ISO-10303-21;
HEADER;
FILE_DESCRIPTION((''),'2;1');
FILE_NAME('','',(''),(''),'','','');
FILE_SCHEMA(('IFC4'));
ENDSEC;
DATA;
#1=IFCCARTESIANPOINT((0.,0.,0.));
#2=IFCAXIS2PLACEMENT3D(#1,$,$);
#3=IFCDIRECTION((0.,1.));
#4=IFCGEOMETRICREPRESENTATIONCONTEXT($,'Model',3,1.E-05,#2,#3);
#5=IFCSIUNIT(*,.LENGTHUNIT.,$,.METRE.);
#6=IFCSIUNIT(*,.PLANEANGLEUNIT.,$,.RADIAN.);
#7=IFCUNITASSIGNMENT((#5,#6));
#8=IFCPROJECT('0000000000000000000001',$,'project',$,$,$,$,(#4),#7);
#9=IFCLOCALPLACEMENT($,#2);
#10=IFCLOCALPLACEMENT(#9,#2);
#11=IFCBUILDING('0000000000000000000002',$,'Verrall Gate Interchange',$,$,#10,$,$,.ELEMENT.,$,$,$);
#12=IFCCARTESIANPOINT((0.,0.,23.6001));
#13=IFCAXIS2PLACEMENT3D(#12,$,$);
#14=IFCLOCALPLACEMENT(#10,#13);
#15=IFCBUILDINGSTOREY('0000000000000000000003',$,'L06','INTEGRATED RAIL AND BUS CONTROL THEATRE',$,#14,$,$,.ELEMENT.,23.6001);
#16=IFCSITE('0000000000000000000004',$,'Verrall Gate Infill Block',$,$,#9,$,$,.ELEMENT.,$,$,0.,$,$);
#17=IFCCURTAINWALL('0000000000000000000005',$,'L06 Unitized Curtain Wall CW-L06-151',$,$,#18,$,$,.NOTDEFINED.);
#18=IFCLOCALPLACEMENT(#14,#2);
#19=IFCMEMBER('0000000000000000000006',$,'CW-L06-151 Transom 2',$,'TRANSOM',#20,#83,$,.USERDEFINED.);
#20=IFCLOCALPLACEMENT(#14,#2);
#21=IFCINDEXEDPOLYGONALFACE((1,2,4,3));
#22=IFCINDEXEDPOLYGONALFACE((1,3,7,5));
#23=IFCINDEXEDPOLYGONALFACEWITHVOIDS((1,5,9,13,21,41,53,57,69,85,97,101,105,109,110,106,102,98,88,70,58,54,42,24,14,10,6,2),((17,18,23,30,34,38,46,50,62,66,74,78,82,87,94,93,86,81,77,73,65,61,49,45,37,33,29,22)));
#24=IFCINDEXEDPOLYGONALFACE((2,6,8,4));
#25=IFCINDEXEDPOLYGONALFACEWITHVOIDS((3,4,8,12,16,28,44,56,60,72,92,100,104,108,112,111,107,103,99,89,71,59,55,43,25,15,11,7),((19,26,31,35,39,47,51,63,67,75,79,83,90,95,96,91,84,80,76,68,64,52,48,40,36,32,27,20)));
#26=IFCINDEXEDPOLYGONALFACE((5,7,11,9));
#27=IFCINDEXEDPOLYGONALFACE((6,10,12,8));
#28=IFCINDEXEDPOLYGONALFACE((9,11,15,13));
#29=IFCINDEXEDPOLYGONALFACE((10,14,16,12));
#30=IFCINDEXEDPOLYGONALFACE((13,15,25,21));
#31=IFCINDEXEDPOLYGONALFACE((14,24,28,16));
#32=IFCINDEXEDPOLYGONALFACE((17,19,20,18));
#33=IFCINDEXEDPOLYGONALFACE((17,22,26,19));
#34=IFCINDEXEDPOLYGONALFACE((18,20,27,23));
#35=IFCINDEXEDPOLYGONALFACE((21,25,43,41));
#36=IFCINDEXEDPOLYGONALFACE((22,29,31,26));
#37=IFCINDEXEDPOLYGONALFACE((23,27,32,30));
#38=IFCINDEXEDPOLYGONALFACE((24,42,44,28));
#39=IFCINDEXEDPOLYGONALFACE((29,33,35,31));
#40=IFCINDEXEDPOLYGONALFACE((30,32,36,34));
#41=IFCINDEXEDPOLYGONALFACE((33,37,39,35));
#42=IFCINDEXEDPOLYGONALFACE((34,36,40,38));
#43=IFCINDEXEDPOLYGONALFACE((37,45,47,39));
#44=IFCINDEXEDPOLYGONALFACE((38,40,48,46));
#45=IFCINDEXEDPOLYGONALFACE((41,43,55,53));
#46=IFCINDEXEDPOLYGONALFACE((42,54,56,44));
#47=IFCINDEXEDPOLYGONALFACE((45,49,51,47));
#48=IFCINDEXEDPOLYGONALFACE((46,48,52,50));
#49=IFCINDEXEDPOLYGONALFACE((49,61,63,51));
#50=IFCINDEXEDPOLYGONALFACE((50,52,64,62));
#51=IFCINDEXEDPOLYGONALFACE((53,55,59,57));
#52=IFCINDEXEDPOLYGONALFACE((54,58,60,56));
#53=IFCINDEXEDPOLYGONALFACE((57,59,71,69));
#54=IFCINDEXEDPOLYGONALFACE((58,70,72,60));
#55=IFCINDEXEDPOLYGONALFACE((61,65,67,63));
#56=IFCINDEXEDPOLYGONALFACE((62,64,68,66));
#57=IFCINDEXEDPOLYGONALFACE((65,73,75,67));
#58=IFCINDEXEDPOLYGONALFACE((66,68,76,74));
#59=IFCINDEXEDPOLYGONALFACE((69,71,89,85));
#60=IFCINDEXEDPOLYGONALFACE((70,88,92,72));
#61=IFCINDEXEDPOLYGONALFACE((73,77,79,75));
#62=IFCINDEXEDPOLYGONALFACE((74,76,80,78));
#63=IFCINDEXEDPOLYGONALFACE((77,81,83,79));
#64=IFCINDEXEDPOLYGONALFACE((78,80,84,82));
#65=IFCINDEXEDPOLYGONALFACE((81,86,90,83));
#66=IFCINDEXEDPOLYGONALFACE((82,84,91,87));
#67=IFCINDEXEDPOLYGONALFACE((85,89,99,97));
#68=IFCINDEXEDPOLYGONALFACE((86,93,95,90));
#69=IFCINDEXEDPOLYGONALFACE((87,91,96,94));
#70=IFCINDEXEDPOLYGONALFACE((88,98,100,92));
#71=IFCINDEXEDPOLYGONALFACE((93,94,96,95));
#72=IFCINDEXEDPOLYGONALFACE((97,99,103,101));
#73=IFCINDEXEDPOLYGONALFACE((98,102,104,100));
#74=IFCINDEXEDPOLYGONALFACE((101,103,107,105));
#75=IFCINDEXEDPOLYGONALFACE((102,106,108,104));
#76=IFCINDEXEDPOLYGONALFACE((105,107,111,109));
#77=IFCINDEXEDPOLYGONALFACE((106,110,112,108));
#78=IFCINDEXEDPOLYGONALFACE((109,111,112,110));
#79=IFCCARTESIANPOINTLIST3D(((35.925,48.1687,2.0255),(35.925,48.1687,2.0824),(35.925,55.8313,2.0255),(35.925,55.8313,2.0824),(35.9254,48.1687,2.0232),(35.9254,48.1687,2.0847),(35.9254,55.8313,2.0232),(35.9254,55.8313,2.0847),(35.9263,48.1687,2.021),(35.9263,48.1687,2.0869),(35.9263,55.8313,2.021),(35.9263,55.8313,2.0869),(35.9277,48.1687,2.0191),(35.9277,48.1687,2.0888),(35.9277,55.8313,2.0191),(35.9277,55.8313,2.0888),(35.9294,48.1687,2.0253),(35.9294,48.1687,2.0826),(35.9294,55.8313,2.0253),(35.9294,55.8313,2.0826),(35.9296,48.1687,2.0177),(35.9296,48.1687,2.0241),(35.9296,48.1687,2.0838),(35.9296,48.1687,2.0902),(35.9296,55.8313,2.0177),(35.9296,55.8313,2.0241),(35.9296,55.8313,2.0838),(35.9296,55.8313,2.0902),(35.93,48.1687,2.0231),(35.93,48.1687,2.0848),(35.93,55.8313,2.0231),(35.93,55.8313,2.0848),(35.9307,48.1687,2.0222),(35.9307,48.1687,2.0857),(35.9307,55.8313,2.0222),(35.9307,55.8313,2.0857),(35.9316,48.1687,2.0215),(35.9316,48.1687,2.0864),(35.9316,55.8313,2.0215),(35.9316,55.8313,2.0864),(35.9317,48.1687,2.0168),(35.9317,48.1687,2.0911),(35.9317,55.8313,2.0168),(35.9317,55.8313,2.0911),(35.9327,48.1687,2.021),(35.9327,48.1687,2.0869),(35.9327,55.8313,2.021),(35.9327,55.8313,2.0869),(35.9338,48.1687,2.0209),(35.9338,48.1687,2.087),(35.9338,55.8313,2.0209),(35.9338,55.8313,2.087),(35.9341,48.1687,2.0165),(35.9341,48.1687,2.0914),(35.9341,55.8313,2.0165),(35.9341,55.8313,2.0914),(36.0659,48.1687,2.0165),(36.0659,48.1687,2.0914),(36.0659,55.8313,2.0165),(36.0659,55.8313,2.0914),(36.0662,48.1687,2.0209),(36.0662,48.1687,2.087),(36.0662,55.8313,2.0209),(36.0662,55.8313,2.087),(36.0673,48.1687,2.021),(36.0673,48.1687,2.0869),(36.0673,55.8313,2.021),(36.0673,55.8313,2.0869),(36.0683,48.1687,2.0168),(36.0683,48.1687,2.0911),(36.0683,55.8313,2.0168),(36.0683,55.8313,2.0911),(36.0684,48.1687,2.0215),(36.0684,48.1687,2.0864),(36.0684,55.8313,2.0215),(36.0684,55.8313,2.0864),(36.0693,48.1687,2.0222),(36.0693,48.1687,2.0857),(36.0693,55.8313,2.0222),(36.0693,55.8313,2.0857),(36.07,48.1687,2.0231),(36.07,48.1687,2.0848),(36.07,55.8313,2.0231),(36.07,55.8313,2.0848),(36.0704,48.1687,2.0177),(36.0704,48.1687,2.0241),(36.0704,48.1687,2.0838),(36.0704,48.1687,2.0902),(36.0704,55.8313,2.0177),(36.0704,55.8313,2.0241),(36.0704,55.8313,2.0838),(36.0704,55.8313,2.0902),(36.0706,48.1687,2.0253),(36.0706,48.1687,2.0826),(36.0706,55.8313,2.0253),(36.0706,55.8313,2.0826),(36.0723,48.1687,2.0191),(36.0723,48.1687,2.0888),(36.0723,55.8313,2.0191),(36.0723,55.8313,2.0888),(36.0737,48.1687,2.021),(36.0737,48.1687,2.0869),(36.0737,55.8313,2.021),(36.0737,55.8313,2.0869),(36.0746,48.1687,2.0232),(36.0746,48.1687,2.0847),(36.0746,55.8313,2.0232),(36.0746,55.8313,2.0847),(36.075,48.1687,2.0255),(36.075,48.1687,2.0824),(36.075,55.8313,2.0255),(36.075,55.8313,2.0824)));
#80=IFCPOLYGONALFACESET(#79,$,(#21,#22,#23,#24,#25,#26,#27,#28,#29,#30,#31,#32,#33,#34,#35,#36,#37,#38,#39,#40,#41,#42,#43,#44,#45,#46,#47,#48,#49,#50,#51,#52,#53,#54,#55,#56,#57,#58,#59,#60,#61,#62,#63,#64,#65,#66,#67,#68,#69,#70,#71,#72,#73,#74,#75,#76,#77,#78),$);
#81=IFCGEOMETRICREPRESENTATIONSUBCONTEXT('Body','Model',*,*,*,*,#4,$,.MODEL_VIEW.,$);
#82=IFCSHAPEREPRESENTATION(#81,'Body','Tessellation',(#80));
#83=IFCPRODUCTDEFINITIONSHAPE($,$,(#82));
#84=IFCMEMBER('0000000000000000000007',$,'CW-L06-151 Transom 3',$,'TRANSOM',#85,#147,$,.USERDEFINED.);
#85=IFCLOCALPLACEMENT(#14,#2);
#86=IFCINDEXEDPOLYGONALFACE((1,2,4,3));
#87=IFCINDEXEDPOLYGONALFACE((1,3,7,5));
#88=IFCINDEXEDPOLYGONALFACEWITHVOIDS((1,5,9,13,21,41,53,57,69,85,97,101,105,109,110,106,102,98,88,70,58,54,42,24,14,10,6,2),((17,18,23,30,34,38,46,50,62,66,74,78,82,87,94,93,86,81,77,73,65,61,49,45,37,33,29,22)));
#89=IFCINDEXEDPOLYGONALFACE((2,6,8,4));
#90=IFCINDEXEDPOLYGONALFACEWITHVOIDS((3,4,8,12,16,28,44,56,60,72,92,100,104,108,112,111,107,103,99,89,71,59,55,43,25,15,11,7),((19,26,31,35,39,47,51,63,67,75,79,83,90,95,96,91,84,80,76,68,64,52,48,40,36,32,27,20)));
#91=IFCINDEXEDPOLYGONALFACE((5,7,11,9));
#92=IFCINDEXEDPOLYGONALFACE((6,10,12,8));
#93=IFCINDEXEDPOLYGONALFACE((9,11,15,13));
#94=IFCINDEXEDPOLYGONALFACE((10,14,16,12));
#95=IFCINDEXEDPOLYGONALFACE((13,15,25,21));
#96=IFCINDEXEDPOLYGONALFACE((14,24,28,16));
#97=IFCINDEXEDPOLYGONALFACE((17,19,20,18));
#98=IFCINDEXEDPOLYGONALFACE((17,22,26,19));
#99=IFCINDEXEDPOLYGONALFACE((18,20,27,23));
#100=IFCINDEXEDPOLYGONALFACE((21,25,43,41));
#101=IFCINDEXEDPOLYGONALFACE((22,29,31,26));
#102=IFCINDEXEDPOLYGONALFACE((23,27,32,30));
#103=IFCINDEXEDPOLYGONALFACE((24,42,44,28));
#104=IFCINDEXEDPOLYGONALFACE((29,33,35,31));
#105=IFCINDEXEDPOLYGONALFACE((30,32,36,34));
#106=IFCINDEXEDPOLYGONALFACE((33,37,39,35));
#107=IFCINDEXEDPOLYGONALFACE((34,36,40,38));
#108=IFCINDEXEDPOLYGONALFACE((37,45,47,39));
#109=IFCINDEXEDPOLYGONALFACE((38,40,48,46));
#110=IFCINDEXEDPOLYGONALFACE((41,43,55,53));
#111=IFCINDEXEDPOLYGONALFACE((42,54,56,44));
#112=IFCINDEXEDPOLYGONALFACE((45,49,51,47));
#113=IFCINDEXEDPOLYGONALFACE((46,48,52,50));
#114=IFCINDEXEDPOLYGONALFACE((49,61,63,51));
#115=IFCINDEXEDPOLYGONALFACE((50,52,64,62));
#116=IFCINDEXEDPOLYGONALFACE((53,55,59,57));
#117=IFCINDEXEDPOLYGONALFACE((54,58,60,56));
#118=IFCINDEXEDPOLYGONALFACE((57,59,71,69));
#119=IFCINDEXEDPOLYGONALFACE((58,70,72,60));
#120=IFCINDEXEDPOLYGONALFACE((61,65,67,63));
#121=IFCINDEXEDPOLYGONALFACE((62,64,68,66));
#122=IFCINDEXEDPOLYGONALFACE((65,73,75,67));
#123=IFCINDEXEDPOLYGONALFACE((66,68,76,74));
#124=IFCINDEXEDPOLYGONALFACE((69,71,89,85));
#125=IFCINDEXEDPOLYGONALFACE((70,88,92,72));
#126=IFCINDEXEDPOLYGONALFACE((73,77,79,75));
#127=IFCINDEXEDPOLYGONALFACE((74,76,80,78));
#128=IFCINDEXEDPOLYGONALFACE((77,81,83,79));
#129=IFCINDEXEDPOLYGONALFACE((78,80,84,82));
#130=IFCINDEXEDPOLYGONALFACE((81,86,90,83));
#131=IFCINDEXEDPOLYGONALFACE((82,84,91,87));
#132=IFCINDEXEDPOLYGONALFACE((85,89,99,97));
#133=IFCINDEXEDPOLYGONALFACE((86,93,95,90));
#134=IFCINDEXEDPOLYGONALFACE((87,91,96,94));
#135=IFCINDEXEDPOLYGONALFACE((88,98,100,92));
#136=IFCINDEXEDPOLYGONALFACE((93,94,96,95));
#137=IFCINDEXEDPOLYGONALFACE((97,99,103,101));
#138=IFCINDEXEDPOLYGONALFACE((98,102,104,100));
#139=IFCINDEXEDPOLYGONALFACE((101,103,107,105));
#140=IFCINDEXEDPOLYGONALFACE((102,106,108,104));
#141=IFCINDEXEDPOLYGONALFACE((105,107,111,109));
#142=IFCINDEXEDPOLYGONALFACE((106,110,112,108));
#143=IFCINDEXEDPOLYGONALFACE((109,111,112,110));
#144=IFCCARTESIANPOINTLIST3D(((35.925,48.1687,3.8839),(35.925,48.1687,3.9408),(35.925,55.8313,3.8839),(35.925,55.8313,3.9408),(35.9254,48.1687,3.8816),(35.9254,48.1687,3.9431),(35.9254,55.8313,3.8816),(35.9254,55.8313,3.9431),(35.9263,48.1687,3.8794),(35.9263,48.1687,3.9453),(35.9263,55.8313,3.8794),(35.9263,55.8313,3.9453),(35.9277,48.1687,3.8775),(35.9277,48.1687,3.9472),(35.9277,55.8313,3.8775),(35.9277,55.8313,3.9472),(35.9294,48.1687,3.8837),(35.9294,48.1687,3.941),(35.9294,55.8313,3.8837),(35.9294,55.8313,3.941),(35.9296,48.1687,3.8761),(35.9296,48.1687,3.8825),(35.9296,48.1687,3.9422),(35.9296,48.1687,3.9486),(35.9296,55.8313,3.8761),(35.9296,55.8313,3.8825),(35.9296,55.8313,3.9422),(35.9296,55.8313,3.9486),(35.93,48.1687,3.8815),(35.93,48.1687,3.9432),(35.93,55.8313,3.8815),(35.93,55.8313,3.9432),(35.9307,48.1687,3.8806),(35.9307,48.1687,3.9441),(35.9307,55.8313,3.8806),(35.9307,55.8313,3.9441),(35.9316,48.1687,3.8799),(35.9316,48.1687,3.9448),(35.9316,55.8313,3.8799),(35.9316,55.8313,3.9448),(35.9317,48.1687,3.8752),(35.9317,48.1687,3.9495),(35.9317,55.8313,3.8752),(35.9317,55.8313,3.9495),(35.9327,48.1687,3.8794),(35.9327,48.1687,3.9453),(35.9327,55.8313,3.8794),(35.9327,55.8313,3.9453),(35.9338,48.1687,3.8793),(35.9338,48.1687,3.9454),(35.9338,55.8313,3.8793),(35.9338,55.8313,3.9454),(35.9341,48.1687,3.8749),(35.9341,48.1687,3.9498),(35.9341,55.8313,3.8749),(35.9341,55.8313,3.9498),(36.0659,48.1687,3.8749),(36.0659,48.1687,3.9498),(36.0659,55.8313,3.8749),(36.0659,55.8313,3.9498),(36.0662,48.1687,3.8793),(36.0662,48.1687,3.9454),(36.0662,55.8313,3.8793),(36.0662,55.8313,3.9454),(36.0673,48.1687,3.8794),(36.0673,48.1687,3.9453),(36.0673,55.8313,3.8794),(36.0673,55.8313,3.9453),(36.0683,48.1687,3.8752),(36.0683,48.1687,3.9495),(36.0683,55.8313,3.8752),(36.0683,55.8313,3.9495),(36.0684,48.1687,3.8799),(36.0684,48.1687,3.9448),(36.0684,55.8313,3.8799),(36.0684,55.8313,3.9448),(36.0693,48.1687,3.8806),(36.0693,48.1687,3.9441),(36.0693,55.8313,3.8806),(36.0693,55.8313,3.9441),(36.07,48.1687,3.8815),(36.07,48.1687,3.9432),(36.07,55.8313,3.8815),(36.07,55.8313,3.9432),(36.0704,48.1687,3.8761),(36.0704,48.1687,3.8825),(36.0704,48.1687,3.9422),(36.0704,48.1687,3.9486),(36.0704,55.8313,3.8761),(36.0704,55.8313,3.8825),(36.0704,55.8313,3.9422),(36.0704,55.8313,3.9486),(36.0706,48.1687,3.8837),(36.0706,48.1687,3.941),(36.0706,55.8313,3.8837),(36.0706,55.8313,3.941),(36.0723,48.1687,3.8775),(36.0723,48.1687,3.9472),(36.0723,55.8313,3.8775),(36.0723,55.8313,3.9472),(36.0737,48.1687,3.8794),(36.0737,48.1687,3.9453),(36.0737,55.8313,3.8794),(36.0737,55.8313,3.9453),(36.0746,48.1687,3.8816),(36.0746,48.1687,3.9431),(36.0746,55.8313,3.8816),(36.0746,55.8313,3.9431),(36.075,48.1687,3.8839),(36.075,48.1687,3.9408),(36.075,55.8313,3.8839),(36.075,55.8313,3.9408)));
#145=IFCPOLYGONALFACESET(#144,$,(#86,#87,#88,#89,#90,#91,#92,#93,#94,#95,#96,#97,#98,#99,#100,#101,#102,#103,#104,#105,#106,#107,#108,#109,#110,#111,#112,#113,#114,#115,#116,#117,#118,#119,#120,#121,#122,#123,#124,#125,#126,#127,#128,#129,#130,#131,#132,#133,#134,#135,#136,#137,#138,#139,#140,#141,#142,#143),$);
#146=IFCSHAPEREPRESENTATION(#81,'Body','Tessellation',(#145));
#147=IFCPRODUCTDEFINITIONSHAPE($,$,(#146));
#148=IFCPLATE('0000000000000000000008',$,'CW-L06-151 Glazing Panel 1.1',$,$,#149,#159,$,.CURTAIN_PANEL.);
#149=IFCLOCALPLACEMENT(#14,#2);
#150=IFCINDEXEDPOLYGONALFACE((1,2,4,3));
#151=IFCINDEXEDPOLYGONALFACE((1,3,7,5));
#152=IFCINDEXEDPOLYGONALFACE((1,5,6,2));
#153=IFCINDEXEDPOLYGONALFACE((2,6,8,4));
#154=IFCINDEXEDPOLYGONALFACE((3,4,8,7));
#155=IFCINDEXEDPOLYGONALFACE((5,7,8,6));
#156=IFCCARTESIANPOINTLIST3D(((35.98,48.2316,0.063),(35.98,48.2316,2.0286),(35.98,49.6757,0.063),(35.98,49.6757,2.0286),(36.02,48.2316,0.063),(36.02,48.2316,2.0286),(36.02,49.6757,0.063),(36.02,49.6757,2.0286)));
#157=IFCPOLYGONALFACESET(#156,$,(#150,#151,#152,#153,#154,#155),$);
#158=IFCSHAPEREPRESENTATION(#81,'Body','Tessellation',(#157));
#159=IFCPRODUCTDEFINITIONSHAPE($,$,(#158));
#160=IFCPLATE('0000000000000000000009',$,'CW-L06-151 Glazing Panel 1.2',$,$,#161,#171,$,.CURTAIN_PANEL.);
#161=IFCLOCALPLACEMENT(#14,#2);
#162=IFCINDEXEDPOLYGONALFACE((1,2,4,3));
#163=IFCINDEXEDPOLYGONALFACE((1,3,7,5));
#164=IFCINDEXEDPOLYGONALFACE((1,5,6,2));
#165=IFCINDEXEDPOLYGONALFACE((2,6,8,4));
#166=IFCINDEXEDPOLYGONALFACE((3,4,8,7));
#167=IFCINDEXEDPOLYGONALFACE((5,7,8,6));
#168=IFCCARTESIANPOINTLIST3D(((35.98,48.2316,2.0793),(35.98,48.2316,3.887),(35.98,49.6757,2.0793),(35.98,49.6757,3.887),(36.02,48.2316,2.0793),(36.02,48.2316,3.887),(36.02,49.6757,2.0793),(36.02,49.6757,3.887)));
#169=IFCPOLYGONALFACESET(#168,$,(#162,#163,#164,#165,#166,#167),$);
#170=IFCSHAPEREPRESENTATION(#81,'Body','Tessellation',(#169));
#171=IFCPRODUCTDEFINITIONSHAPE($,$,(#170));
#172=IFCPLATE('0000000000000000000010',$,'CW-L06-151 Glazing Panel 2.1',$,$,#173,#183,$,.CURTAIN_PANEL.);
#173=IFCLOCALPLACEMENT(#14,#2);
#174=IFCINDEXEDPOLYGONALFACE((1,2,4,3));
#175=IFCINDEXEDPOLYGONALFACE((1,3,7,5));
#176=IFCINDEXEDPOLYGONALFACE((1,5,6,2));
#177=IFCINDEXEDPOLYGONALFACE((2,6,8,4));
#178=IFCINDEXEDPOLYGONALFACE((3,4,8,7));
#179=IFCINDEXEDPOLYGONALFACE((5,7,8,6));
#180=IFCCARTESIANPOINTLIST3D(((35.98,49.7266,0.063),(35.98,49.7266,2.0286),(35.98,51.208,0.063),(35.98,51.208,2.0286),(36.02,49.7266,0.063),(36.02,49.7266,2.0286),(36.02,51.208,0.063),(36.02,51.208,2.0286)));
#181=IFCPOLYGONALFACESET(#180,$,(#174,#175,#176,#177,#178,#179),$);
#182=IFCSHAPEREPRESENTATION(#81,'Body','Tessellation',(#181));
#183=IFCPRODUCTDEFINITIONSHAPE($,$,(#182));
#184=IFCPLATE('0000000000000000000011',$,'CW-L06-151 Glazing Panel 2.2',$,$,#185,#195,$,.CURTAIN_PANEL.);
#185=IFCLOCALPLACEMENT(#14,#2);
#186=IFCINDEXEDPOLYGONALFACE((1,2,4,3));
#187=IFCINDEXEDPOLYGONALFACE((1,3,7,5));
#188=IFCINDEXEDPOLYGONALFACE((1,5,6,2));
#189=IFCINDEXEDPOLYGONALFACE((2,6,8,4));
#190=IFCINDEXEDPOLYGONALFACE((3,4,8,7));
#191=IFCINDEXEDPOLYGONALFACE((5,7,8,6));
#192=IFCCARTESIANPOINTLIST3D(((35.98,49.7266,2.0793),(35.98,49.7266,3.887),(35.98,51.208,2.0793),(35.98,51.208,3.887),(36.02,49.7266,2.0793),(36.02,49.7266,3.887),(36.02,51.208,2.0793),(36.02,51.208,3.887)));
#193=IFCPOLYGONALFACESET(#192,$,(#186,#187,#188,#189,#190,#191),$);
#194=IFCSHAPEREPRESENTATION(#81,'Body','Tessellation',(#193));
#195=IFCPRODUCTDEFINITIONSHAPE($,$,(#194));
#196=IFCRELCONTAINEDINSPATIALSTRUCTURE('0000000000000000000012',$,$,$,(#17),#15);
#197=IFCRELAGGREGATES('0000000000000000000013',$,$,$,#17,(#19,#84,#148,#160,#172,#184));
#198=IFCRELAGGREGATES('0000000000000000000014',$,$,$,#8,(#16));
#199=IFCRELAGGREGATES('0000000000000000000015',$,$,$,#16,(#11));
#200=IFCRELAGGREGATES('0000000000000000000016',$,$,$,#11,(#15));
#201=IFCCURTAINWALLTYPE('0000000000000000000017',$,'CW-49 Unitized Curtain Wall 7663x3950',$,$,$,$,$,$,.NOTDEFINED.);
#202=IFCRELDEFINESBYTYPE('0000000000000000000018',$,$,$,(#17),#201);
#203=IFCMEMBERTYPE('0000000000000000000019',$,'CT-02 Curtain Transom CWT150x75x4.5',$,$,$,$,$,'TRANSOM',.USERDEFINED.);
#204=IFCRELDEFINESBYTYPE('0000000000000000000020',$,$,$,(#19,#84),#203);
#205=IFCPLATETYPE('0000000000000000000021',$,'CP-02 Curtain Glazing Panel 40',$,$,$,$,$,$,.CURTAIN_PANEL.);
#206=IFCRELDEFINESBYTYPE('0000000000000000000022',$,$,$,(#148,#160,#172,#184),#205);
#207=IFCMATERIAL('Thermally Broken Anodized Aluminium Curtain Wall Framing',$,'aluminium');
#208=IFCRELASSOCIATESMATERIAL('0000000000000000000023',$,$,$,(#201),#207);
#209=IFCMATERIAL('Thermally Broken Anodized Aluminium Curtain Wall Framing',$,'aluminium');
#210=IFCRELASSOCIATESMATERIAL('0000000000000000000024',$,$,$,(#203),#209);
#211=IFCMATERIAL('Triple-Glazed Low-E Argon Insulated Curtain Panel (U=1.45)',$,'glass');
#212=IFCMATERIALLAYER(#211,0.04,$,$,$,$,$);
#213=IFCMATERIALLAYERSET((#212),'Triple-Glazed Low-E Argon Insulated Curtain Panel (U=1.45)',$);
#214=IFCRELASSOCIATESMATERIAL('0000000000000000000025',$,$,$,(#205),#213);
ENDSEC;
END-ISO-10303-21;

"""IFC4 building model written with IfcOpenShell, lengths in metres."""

from ifc_helpers import new_model, si_unit, direction, frame, origin, origin_2d, place, context, subcontext, project, spatial, rectangle, hollow_rectangle, extrude, material, layer, layer_set, material_profile, profile_set, type_object, element, aggregate, save


model = new_model("IFC4")

# Units and contexts
model_context = context("Model", 3, precision=1e-05, world=origin(), true_north=direction((0.0, 1.0)))
body_context = subcontext(model_context, "Body", "Model", "MODEL_VIEW")
ifc_project = project(units=[si_unit("LENGTHUNIT", "METRE"), si_unit("PLANEANGLEUNIT", "RADIAN")], contexts=[model_context])

# Site, building, storey
site_placement = place(None, origin())
site = spatial("IfcSite", under=ifc_project, at=site_placement, Name="Verrall Gate Infill Block", CompositionType="ELEMENT", RefElevation=0.0)
building_placement = place(site_placement, origin())
building = spatial("IfcBuilding", under=site, at=building_placement, Name="Verrall Gate Interchange", CompositionType="ELEMENT")
storey_placement = place(building_placement, frame((0.0, 0.0, 23.6001)))
storey = spatial("IfcBuildingStorey", under=building, at=storey_placement, Name="L06", Description="INTEGRATED RAIL AND BUS CONTROL THEATRE", CompositionType="ELEMENT", Elevation=23.6001)

# Curtain wall, members, plates
ifc_material_1 = material(Name="Thermally Broken Anodized Aluminium Curtain Wall Framing", Category="aluminium")
curtain_wall_type = type_object("IfcCurtainWallType", Name="CW-49 Unitized Curtain Wall 7663x3950", PredefinedType="NOTDEFINED", material=ifc_material_1)
curtain_wall_placement = place(storey_placement, origin())
curtain_wall = element("IfcCurtainWall", 1, at=curtain_wall_placement, inside=storey, type_object=curtain_wall_type, Name="L06 Unitized Curtain Wall CW-L06-151", PredefinedType="NOTDEFINED")
ifc_material_2 = material(Name="Thermally Broken Anodized Aluminium Curtain Wall Framing", Category="aluminium")
ifc_material_profile_1 = material_profile(ifc_material_2, hollow_rectangle(XDim=0.1499, YDim=0.075, WallThickness=0.0044, InnerFilletRadius=0.0044, OuterFilletRadius=0.009, at=origin_2d()), Name="CWT150x75x4.5")
ifc_profile_set_1 = profile_set([ifc_material_profile_1], Name="Thermally Broken Anodized Aluminium Curtain Wall Framing")
member_type_1 = type_object("IfcMemberType", Name="CT-02 Curtain Transom CWT150x75x4.5", ElementType="TRANSOM", PredefinedType="USERDEFINED", material=ifc_profile_set_1)
member_1_placement = place(storey_placement, frame((36.0, 48.1687, 2.054), z_axis=(0.0, 1.0, 0.0), x_axis=(-1.0, 0.0, 0.0)))
member_1 = element("IfcMember", 2, at=member_1_placement, type_object=member_type_1, Name="CW-L06-151 Transom 2", ObjectType="TRANSOM", PredefinedType="USERDEFINED", context=body_context, shape_type="SweptSolid", body=[
    extrude(hollow_rectangle(XDim=0.1499, YDim=0.075, WallThickness=0.0044, InnerFilletRadius=0.0044, OuterFilletRadius=0.009, at=origin_2d()), origin(), (0.0, 0.0, 1.0), 7.6626),
])
member_2_placement = place(storey_placement, frame((36.0, 48.1687, 3.9124), z_axis=(0.0, 1.0, 0.0), x_axis=(-1.0, 0.0, 0.0)))
member_2 = element("IfcMember", 3, at=member_2_placement, type_object=member_type_1, Name="CW-L06-151 Transom 3", ObjectType="TRANSOM", PredefinedType="USERDEFINED", context=body_context, shape_type="SweptSolid", body=[
    extrude(hollow_rectangle(XDim=0.1499, YDim=0.075, WallThickness=0.0044, InnerFilletRadius=0.0044, OuterFilletRadius=0.009, at=origin_2d()), origin(), (0.0, 0.0, 1.0), 7.6626),
])
ifc_material_3 = material(Name="Triple-Glazed Low-E Argon Insulated Curtain Panel (U=1.45)", Category="glass")
ifc_layer = layer(ifc_material_3, 0.04)
ifc_layer_set = layer_set([ifc_layer], Name="Triple-Glazed Low-E Argon Insulated Curtain Panel (U=1.45)")
plate_type = type_object("IfcPlateType", Name="CP-02 Curtain Glazing Panel 40", PredefinedType="CURTAIN_PANEL", material=ifc_layer_set)
plate_1_placement = place(storey_placement, frame((36.0, 48.9536, 0.063), z_axis=(0.0, 0.0, 1.0), x_axis=(0.0, 1.0, 0.0)))
plate_1 = element("IfcPlate", 4, at=plate_1_placement, type_object=plate_type, Name="CW-L06-151 Glazing Panel 1.1", PredefinedType="CURTAIN_PANEL", context=body_context, shape_type="SweptSolid", body=[
    extrude(rectangle(XDim=1.4441, YDim=0.04, at=origin_2d()), origin(), (0.0, 0.0, 1.0), 1.9656),
])
plate_2_placement = place(storey_placement, frame((36.0, 48.9536, 2.0793), z_axis=(0.0, 0.0, 1.0), x_axis=(0.0, 1.0, 0.0)))
plate_2 = element("IfcPlate", 5, at=plate_2_placement, type_object=plate_type, Name="CW-L06-151 Glazing Panel 1.2", PredefinedType="CURTAIN_PANEL", context=body_context, shape_type="SweptSolid", body=[
    extrude(rectangle(XDim=1.4441, YDim=0.04, at=origin_2d()), origin(), (0.0, 0.0, 1.0), 1.8076),
])
plate_3_placement = place(storey_placement, frame((36.0, 50.4673, 0.063), z_axis=(0.0, 0.0, 1.0), x_axis=(0.0, 1.0, 0.0)))
plate_3 = element("IfcPlate", 6, at=plate_3_placement, type_object=plate_type, Name="CW-L06-151 Glazing Panel 2.1", PredefinedType="CURTAIN_PANEL", context=body_context, shape_type="SweptSolid", body=[
    extrude(rectangle(XDim=1.4814, YDim=0.04, at=origin_2d()), origin(), (0.0, 0.0, 1.0), 1.9656),
])
plate_4_placement = place(storey_placement, frame((36.0, 50.4673, 2.0793), z_axis=(0.0, 0.0, 1.0), x_axis=(0.0, 1.0, 0.0)))
plate_4 = element("IfcPlate", 7, at=plate_4_placement, type_object=plate_type, Name="CW-L06-151 Glazing Panel 2.2", PredefinedType="CURTAIN_PANEL", context=body_context, shape_type="SweptSolid", body=[
    extrude(rectangle(XDim=1.4814, YDim=0.04, at=origin_2d()), origin(), (0.0, 0.0, 1.0), 1.8076),
])
aggregate(curtain_wall, [member_1, member_2, plate_1, plate_2, plate_3, plate_4])

save(model, "model.ifc")
